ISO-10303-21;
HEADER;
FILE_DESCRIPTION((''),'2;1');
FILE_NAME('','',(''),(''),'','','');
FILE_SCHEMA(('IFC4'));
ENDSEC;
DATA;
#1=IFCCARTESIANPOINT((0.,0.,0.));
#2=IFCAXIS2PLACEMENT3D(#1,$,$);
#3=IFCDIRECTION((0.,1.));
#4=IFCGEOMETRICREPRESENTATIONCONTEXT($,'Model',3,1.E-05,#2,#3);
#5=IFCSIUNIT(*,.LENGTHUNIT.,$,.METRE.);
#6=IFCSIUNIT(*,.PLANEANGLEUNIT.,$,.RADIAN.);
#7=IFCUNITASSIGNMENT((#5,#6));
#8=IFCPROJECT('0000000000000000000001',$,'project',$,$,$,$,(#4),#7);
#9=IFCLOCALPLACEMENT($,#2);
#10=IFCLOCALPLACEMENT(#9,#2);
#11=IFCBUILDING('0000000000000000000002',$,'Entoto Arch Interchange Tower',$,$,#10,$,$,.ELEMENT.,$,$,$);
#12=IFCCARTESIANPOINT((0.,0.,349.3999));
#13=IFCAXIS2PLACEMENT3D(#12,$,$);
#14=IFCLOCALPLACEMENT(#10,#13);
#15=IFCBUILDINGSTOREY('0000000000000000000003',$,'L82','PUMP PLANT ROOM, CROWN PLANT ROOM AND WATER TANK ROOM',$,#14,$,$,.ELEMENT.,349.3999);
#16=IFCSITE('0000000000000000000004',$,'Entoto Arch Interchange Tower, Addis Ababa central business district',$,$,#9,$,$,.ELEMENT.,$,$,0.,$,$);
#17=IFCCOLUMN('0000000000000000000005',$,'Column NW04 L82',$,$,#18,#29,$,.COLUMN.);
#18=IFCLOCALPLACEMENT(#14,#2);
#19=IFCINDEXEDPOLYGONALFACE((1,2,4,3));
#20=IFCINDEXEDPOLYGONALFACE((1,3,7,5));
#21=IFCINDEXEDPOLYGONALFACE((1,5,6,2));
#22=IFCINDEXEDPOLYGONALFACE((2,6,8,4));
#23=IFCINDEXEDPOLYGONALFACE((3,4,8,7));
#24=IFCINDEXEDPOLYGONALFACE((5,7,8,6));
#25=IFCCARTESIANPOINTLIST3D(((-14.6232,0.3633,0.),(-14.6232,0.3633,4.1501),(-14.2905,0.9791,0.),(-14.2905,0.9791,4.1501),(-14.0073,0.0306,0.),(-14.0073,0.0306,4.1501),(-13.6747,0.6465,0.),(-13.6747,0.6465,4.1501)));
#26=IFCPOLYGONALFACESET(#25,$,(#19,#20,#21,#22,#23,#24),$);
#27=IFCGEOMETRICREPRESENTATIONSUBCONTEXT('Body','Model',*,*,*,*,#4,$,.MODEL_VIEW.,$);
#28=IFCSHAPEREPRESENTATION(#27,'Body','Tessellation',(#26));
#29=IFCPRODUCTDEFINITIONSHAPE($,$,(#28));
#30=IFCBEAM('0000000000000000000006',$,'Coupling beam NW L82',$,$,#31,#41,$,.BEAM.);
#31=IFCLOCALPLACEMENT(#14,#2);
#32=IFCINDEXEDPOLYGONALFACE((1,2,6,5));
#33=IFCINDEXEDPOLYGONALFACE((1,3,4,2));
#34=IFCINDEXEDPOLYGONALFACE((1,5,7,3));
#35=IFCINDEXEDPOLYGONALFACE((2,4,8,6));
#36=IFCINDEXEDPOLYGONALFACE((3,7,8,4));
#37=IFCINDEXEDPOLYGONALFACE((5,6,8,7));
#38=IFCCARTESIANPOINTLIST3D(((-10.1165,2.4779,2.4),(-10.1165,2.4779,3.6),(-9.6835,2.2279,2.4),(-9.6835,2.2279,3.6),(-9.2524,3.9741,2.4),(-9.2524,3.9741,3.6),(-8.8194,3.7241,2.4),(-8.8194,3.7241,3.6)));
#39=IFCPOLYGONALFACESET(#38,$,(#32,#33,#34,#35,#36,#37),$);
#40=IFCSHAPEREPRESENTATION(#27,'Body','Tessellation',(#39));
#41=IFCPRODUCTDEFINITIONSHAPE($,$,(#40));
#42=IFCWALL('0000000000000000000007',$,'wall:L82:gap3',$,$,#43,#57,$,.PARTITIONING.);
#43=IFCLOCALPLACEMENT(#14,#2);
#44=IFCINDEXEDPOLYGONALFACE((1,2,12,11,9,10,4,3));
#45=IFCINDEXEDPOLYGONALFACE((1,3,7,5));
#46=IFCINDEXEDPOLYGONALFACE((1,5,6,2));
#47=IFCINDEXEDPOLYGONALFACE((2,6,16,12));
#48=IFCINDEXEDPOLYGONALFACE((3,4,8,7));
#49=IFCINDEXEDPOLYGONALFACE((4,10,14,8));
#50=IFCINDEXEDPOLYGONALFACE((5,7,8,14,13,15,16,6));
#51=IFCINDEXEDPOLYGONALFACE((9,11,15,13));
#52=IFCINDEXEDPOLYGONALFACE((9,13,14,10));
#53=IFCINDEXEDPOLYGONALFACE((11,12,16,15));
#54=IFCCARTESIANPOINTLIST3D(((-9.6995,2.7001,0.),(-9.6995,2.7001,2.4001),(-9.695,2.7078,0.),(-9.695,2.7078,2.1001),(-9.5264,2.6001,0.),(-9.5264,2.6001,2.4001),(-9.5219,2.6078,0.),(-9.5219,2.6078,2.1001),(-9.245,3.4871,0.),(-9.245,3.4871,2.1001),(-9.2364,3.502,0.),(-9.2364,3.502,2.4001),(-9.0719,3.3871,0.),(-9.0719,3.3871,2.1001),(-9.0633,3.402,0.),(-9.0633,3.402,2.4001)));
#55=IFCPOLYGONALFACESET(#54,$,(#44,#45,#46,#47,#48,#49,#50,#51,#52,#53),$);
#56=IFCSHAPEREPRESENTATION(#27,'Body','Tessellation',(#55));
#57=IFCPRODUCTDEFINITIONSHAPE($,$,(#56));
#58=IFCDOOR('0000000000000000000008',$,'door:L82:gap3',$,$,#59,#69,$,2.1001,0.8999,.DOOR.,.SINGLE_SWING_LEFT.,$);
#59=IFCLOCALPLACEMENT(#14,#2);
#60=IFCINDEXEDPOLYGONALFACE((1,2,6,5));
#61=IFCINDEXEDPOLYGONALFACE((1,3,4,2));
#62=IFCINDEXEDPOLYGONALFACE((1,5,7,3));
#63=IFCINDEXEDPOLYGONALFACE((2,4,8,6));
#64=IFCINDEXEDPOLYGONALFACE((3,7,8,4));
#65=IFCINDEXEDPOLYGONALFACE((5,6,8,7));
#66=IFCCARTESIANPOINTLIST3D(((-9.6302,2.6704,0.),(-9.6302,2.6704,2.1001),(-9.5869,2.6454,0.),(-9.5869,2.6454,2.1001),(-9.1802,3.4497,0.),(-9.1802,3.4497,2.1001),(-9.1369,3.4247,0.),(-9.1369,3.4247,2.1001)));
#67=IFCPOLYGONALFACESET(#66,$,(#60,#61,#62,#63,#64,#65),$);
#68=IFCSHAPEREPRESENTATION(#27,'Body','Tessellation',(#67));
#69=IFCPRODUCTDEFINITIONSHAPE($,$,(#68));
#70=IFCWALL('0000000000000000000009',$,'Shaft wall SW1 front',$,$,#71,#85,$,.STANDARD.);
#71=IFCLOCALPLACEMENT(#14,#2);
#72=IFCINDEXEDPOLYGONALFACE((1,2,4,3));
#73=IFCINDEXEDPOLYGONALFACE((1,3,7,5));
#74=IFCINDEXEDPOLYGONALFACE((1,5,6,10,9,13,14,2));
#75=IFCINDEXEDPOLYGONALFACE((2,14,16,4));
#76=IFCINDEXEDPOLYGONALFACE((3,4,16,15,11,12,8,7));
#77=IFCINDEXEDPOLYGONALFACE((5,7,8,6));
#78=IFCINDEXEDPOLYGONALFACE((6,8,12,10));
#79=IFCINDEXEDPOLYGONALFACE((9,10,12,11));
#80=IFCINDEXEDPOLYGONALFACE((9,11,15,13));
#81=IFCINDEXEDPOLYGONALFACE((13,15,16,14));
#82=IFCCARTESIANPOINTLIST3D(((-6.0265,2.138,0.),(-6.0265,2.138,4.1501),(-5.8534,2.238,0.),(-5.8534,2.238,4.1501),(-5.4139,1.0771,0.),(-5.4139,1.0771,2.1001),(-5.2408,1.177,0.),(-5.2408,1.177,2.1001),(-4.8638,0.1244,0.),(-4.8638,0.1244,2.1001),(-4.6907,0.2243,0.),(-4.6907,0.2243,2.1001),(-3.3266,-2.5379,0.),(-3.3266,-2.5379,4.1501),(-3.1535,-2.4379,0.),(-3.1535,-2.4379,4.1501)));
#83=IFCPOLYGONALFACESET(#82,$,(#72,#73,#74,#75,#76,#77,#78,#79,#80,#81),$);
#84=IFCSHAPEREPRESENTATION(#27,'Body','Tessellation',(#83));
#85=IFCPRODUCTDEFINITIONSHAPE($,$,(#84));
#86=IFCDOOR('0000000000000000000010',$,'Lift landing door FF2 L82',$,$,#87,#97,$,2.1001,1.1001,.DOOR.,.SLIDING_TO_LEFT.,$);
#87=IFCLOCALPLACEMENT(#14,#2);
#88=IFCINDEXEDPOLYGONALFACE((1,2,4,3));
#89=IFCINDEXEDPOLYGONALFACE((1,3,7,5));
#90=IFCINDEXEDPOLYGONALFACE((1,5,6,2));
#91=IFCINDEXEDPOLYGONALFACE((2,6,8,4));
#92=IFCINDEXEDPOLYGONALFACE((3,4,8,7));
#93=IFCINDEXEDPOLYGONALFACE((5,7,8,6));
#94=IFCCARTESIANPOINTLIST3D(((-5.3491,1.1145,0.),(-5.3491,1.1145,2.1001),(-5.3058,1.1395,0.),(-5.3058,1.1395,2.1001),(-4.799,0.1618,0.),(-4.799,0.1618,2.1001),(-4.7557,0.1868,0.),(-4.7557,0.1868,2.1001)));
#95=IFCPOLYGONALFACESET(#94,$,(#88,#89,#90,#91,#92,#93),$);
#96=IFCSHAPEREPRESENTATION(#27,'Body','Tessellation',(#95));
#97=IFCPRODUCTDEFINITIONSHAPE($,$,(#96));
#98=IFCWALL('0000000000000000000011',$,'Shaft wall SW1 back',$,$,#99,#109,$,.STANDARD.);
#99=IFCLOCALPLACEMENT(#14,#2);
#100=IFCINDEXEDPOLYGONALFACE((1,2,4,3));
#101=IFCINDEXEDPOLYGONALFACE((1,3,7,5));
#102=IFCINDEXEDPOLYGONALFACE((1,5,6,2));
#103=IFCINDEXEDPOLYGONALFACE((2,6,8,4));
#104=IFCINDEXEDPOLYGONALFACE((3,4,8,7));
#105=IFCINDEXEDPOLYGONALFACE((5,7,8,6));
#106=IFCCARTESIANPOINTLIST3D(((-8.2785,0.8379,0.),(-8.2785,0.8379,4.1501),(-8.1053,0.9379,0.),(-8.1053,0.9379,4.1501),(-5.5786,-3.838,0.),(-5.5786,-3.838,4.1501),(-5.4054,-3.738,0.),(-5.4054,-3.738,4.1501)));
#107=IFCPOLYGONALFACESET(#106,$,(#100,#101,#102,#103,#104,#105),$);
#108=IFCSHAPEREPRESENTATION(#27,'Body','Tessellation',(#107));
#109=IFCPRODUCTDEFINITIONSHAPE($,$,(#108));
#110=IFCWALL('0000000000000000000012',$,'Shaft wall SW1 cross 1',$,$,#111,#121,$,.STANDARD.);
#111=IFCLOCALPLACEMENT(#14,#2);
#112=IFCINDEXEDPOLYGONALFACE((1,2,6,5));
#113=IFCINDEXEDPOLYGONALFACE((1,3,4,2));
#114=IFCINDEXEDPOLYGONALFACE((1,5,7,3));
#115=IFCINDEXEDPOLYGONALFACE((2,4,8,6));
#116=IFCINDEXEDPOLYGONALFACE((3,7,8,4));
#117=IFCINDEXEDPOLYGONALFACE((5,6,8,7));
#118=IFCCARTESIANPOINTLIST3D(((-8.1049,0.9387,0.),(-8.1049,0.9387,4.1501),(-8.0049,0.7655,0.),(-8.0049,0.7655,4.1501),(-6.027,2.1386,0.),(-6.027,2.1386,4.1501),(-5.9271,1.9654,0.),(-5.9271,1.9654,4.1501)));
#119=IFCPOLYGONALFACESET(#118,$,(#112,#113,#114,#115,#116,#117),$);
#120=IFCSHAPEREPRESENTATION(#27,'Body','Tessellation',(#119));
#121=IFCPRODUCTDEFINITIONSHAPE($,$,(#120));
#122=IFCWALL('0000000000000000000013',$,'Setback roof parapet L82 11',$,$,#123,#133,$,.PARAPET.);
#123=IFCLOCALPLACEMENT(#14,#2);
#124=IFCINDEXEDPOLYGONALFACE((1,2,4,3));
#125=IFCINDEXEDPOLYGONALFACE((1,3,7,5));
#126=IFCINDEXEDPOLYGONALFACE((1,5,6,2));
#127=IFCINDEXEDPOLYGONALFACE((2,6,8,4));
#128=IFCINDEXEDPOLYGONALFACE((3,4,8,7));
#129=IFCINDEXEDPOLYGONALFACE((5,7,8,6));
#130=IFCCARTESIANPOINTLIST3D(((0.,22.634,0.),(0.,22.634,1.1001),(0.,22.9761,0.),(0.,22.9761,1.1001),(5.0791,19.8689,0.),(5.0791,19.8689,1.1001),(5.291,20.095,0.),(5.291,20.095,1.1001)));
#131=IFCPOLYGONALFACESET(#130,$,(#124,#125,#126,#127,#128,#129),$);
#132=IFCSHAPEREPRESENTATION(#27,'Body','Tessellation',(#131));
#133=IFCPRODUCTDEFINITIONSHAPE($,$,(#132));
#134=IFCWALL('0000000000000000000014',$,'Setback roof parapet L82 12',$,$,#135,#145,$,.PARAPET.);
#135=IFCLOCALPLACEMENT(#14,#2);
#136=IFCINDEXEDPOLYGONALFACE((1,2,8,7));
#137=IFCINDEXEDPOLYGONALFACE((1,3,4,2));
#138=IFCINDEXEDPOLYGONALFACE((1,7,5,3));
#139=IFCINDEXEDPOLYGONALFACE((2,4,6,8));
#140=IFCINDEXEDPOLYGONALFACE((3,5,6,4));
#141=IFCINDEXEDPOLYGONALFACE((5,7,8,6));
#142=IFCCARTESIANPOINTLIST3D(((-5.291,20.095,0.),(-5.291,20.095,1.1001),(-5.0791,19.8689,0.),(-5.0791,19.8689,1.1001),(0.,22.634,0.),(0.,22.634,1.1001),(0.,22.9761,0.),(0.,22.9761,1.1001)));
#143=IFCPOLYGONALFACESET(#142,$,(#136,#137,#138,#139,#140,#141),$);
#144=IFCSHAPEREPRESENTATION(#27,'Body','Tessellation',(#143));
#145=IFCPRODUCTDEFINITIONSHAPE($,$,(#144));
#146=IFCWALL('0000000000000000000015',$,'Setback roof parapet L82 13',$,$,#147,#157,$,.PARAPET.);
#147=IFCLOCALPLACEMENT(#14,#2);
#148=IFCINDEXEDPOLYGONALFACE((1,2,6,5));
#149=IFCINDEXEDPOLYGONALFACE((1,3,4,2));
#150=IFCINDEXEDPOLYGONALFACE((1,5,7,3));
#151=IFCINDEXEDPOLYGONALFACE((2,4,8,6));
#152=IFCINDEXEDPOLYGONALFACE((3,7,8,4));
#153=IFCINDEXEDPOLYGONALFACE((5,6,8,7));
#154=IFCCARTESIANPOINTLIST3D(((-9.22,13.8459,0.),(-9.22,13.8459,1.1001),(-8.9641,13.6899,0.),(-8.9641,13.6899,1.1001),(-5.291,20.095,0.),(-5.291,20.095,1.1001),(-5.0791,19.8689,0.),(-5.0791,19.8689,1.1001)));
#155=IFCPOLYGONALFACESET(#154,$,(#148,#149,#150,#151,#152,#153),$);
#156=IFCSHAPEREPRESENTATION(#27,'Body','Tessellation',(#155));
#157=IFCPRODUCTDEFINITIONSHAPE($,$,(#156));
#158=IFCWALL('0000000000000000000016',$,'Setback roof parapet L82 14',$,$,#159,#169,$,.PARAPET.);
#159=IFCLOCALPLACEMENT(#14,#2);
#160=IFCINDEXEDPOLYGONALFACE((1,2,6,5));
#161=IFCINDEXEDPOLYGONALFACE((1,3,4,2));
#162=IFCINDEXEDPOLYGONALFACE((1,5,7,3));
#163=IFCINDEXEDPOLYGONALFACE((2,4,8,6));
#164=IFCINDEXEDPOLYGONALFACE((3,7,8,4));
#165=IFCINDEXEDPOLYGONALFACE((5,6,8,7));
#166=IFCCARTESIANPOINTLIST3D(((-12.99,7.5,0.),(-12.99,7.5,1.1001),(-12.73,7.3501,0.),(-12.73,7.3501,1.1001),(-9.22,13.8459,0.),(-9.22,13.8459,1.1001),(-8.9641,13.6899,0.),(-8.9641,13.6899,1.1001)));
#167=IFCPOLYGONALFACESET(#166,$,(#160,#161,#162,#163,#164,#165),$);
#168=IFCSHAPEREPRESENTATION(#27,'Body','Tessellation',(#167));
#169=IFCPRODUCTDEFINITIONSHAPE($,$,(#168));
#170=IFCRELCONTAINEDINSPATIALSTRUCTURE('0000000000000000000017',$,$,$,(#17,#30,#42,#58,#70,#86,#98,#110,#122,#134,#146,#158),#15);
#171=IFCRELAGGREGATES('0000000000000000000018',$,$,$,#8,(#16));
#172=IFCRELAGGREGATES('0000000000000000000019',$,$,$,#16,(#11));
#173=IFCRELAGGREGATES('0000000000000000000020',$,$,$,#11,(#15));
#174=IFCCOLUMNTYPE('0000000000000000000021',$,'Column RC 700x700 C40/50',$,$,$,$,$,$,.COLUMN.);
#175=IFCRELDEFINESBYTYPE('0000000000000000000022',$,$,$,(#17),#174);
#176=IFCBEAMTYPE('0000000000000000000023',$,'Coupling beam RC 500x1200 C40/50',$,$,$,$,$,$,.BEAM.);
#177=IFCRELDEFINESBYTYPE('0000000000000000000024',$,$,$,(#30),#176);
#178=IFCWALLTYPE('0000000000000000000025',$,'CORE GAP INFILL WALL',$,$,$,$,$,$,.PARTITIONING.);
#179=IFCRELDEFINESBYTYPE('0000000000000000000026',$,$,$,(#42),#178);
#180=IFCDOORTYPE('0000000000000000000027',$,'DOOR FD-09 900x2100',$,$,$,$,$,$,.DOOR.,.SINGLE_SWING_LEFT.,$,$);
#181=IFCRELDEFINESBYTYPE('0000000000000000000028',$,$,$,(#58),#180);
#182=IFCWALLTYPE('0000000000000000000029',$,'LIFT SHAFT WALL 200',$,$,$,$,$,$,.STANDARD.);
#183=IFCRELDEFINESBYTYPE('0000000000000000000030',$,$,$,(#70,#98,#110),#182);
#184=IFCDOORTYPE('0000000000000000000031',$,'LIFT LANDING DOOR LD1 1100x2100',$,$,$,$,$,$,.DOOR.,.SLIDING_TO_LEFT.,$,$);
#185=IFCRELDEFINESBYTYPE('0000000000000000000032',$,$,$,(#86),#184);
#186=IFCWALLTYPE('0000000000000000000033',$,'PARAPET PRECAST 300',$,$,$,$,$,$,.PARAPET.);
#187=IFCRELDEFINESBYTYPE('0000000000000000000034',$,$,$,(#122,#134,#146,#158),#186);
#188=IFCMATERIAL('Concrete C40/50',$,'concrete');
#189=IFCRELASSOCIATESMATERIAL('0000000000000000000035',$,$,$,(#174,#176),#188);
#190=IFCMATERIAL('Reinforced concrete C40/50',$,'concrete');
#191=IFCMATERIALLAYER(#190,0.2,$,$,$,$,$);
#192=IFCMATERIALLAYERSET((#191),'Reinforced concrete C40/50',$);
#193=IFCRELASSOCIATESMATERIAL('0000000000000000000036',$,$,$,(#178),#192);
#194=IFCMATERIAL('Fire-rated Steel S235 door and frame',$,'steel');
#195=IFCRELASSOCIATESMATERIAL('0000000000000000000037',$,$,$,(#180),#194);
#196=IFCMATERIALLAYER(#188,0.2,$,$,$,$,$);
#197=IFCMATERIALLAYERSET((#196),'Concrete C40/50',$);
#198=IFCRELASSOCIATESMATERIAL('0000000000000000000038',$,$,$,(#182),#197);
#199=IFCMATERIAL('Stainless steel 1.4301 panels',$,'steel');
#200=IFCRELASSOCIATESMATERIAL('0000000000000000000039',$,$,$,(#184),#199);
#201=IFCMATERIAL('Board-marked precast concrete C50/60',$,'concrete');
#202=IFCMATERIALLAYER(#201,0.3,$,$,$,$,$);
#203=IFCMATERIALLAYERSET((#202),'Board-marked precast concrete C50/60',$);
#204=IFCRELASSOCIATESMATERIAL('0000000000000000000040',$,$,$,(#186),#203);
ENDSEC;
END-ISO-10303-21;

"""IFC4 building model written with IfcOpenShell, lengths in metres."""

from ifc_helpers import new_model, si_unit, direction, frame, frame_2d, origin, origin_2d, place, context, subcontext, project, spatial, polyline, rectangle, outline, extrude, material, layer, layer_set, material_profile, profile_set, type_object, element, fill, save


model = new_model("IFC4")

# Units and contexts
model_context = context("Model", 3, precision=1e-05, world=origin(), true_north=direction((0.0, 1.0)))
body_context = subcontext(model_context, "Body", "Model", "MODEL_VIEW")
ifc_project = project(units=[si_unit("LENGTHUNIT", "METRE"), si_unit("PLANEANGLEUNIT", "RADIAN")], contexts=[model_context])

# Site, building, storey
site_placement = place(None, origin())
site = spatial("IfcSite", under=ifc_project, at=site_placement, Name="Entoto Arch Interchange Tower, Addis Ababa central business district", CompositionType="ELEMENT", RefElevation=0.0)
building_placement = place(site_placement, origin())
building = spatial("IfcBuilding", under=site, at=building_placement, Name="Entoto Arch Interchange Tower", CompositionType="ELEMENT")
storey_placement = place(building_placement, frame((0.0, 0.0, 349.3999)))
storey = spatial("IfcBuildingStorey", under=building, at=storey_placement, Name="L82", Description="PUMP PLANT ROOM, CROWN PLANT ROOM AND WATER TANK ROOM", CompositionType="ELEMENT", Elevation=349.3999)

# Column
ifc_material_1 = material(Name="Concrete C40/50", Category="concrete")
ifc_material_profile_1 = material_profile(ifc_material_1, rectangle(XDim=0.7, YDim=0.7, at=origin_2d()))
ifc_profile_set_1 = profile_set([ifc_material_profile_1], Name="Concrete C40/50")
column_type = type_object("IfcColumnType", Name="Column RC 700x700 C40/50", PredefinedType="COLUMN", material=ifc_profile_set_1)
column_placement = place(storey_placement, frame((-14.1489, 0.5049, 0.0), z_axis=(0.0, 0.0, 1.0), x_axis=(0.475225, 0.879864, 0.0)))
element("IfcColumn", 1, at=column_placement, inside=storey, type_object=column_type, Name="Column NW04 L82", PredefinedType="COLUMN", context=body_context, shape_type="SweptSolid", body=[
    extrude(rectangle(XDim=0.7, YDim=0.7, at=origin_2d()), origin(), (0.0, 0.0, 1.0), 4.1501),
])

# Beam
ifc_material_profile_2 = material_profile(ifc_material_1, rectangle(XDim=0.5, YDim=1.2, at=origin_2d()))
ifc_profile_set_2 = profile_set([ifc_material_profile_2], Name="Concrete C40/50")
beam_type = type_object("IfcBeamType", Name="Coupling beam RC 500x1200 C40/50", PredefinedType="BEAM", material=ifc_profile_set_2)
beam_placement = place(storey_placement, frame((-9.0359, 3.8491, 3.0), z_axis=(-0.500106, -0.865964, 0.0), x_axis=(0.865964, -0.500106, 0.0)))
element("IfcBeam", 2, at=beam_placement, inside=storey, type_object=beam_type, Name="Coupling beam NW L82", PredefinedType="BEAM", context=body_context, shape_type="SweptSolid", body=[
    extrude(rectangle(XDim=0.5, YDim=1.2, at=origin_2d()), origin(), (0.0, 0.0, 1.0), 1.7278),
])

# Walls, openings, doors
ifc_material_2 = material(Name="Reinforced concrete C40/50", Category="concrete")
ifc_layer_1 = layer(ifc_material_2, 0.2)
ifc_layer_set_1 = layer_set([ifc_layer_1], Name="Reinforced concrete C40/50")
wall_type_1 = type_object("IfcWallType", Name="CORE GAP INFILL WALL", PredefinedType="PARTITIONING", material=ifc_layer_set_1)
wall_1_placement = place(storey_placement, frame((-9.1499, 3.4519, 0.0), z_axis=(0.0, 0.0, 1.0), x_axis=(-0.50008, -0.865979, 0.0)))
wall_1 = element("IfcWall", 3, at=wall_1_placement, inside=storey, type_object=wall_type_1, Name="wall:L82:gap3", PredefinedType="PARTITIONING", context=body_context, shape_type="SweptSolid", body=[
    extrude(rectangle(XDim=0.926, YDim=0.2, at=frame_2d((0.4629, 0.0))), origin(), (0.0, 0.0, 1.0), 2.4001),
])
opening_1_placement = place(wall_1_placement, frame((0.0171, 0.0, 0.0)))
opening_1 = element("IfcOpeningElement", 4, at=opening_1_placement, cuts=wall_1, PredefinedType="OPENING", context=body_context, shape_type="SweptSolid", body=[
    extrude(rectangle(XDim=0.8999, YDim=2.1001, at=frame_2d((0.45, 1.05))), frame((0.0, 0.1099, 0.0), z_axis=(0.0, -1.0, 0.0), x_axis=(1.0, 0.0, 0.0)), (0.0, 0.0, 1.0), 0.22),
])
ifc_material_3 = material(Name="Fire-rated Steel S235 door and frame", Category="steel")
door_type_1 = type_object("IfcDoorType", Name="DOOR FD-09 900x2100", OperationType="SINGLE_SWING_LEFT", PredefinedType="DOOR", material=ifc_material_3)
door_1_placement = place(opening_1_placement, origin())
door_1 = element("IfcDoor", 5, at=door_1_placement, inside=storey, type_object=door_type_1, Name="door:L82:gap3", OperationType="SINGLE_SWING_LEFT", OverallHeight=2.1001, OverallWidth=0.8999, PredefinedType="DOOR", context=body_context, shape_type="SweptSolid", body=[
    extrude(rectangle(XDim=0.8999, YDim=2.1001, at=frame_2d((0.45, 1.05))), frame((0.0, 0.0249, 0.0), z_axis=(0.0, -1.0, 0.0), x_axis=(1.0, 0.0, 0.0)), (0.0, 0.0, 1.0), 0.05),
])
fill(opening_1, door_1)
ifc_layer_2 = layer(ifc_material_1, 0.2)
ifc_layer_set_2 = layer_set([ifc_layer_2], Name="Concrete C40/50")
wall_type_2 = type_object("IfcWallType", Name="LIFT SHAFT WALL 200", PredefinedType="STANDARD", material=ifc_layer_set_2)
wall_2_placement = place(storey_placement, frame((-5.9399, 2.188, 0.0), z_axis=(0.0, 0.0, 1.0), x_axis=(0.500034, -0.866006, 0.0)))
wall_2 = element("IfcWall", 6, at=wall_2_placement, inside=storey, type_object=wall_type_2, Name="Shaft wall SW1 front", PredefinedType="STANDARD", context=body_context, shape_type="SweptSolid", body=[
    extrude(rectangle(XDim=5.3994, YDim=0.2, at=frame_2d((2.6997, 0.0))), origin(), (0.0, 0.0, 1.0), 4.1501),
])
opening_2_placement = place(wall_2_placement, frame((1.2251, 0.0, 0.0)))
opening_2 = element("IfcOpeningElement", 7, at=opening_2_placement, cuts=wall_2, PredefinedType="OPENING", context=body_context, shape_type="SweptSolid", body=[
    extrude(rectangle(XDim=1.1001, YDim=2.1001, at=frame_2d((0.55, 1.05))), frame((0.0, 0.1099, 0.0), z_axis=(0.0, -1.0, 0.0), x_axis=(1.0, 0.0, 0.0)), (0.0, 0.0, 1.0), 0.22),
])
ifc_material_4 = material(Name="Stainless steel 1.4301 panels", Category="steel")
door_type_2 = type_object("IfcDoorType", Name="LIFT LANDING DOOR LD1 1100x2100", OperationType="SLIDING_TO_LEFT", PredefinedType="DOOR", material=ifc_material_4)
door_2_placement = place(opening_2_placement, origin())
door_2 = element("IfcDoor", 8, at=door_2_placement, inside=storey, type_object=door_type_2, Name="Lift landing door FF2 L82", OperationType="SLIDING_TO_LEFT", OverallHeight=2.1001, OverallWidth=1.1001, PredefinedType="DOOR", context=body_context, shape_type="SweptSolid", body=[
    extrude(rectangle(XDim=1.1001, YDim=2.1001, at=frame_2d((0.55, 1.05))), frame((0.0, 0.0249, 0.0), z_axis=(0.0, -1.0, 0.0), x_axis=(1.0, 0.0, 0.0)), (0.0, 0.0, 1.0), 0.05),
])
fill(opening_2, door_2)

# Walls
wall_3_placement = place(storey_placement, frame((-8.1919, 0.8879, 0.0), z_axis=(0.0, 0.0, 1.0), x_axis=(0.500034, -0.866006, 0.0)))
element("IfcWall", 9, at=wall_3_placement, inside=storey, type_object=wall_type_2, Name="Shaft wall SW1 back", PredefinedType="STANDARD", context=body_context, shape_type="SweptSolid", body=[
    extrude(rectangle(XDim=5.3994, YDim=0.2, at=frame_2d((2.6997, 0.0))), origin(), (0.0, 0.0, 1.0), 4.1501),
])
wall_4_placement = place(storey_placement, frame((-5.9771, 2.052, 0.0), z_axis=(0.0, 0.0, 1.0), x_axis=(-0.865974, -0.500089, 0.0)))
element("IfcWall", 10, at=wall_4_placement, inside=storey, type_object=wall_type_2, Name="Shaft wall SW1 cross 1", PredefinedType="STANDARD", context=body_context, shape_type="SweptSolid", body=[
    extrude(rectangle(XDim=2.3994, YDim=0.2, at=frame_2d((1.1997, 0.0))), origin(), (0.0, 0.0, 1.0), 4.1501),
])
ifc_material_5 = material(Name="Board-marked precast concrete C50/60", Category="concrete")
ifc_layer_3 = layer(ifc_material_5, 0.3)
ifc_layer_set_3 = layer_set([ifc_layer_3], Name="Board-marked precast concrete C50/60")
wall_type_3 = type_object("IfcWallType", Name="PARAPET PRECAST 300", PredefinedType="PARAPET", material=ifc_layer_set_3)
wall_5_placement = place(storey_placement, origin())
element("IfcWall", 11, at=wall_5_placement, inside=storey, type_object=wall_type_3, Name="Setback roof parapet L82 11", PredefinedType="PARAPET", context=body_context, shape_type="SweptSolid", body=[
    extrude(outline(polyline([(5.291, 20.095), (0.0, 22.9761), (0.0, 22.634), (5.0791, 19.8689), (5.291, 20.095)])), origin(), (0.0, 0.0, 1.0), 1.1001),
])
wall_6_placement = place(storey_placement, origin())
element("IfcWall", 12, at=wall_6_placement, inside=storey, type_object=wall_type_3, Name="Setback roof parapet L82 12", PredefinedType="PARAPET", context=body_context, shape_type="SweptSolid", body=[
    extrude(outline(polyline([(0.0, 22.9761), (-5.291, 20.095), (-5.0791, 19.8689), (0.0, 22.634), (0.0, 22.9761)])), origin(), (0.0, 0.0, 1.0), 1.1001),
])
wall_7_placement = place(storey_placement, origin())
element("IfcWall", 13, at=wall_7_placement, inside=storey, type_object=wall_type_3, Name="Setback roof parapet L82 13", PredefinedType="PARAPET", context=body_context, shape_type="SweptSolid", body=[
    extrude(outline(polyline([(-5.291, 20.095), (-9.22, 13.8459), (-8.9641, 13.6899), (-5.0791, 19.8689), (-5.291, 20.095)])), origin(), (0.0, 0.0, 1.0), 1.1001),
])
wall_8_placement = place(storey_placement, origin())
element("IfcWall", 14, at=wall_8_placement, inside=storey, type_object=wall_type_3, Name="Setback roof parapet L82 14", PredefinedType="PARAPET", context=body_context, shape_type="SweptSolid", body=[
    extrude(outline(polyline([(-9.22, 13.8459), (-12.99, 7.5), (-12.73, 7.3501), (-8.9641, 13.6899), (-9.22, 13.8459)])), origin(), (0.0, 0.0, 1.0), 1.1001),
])

save(model, "model.ifc")
